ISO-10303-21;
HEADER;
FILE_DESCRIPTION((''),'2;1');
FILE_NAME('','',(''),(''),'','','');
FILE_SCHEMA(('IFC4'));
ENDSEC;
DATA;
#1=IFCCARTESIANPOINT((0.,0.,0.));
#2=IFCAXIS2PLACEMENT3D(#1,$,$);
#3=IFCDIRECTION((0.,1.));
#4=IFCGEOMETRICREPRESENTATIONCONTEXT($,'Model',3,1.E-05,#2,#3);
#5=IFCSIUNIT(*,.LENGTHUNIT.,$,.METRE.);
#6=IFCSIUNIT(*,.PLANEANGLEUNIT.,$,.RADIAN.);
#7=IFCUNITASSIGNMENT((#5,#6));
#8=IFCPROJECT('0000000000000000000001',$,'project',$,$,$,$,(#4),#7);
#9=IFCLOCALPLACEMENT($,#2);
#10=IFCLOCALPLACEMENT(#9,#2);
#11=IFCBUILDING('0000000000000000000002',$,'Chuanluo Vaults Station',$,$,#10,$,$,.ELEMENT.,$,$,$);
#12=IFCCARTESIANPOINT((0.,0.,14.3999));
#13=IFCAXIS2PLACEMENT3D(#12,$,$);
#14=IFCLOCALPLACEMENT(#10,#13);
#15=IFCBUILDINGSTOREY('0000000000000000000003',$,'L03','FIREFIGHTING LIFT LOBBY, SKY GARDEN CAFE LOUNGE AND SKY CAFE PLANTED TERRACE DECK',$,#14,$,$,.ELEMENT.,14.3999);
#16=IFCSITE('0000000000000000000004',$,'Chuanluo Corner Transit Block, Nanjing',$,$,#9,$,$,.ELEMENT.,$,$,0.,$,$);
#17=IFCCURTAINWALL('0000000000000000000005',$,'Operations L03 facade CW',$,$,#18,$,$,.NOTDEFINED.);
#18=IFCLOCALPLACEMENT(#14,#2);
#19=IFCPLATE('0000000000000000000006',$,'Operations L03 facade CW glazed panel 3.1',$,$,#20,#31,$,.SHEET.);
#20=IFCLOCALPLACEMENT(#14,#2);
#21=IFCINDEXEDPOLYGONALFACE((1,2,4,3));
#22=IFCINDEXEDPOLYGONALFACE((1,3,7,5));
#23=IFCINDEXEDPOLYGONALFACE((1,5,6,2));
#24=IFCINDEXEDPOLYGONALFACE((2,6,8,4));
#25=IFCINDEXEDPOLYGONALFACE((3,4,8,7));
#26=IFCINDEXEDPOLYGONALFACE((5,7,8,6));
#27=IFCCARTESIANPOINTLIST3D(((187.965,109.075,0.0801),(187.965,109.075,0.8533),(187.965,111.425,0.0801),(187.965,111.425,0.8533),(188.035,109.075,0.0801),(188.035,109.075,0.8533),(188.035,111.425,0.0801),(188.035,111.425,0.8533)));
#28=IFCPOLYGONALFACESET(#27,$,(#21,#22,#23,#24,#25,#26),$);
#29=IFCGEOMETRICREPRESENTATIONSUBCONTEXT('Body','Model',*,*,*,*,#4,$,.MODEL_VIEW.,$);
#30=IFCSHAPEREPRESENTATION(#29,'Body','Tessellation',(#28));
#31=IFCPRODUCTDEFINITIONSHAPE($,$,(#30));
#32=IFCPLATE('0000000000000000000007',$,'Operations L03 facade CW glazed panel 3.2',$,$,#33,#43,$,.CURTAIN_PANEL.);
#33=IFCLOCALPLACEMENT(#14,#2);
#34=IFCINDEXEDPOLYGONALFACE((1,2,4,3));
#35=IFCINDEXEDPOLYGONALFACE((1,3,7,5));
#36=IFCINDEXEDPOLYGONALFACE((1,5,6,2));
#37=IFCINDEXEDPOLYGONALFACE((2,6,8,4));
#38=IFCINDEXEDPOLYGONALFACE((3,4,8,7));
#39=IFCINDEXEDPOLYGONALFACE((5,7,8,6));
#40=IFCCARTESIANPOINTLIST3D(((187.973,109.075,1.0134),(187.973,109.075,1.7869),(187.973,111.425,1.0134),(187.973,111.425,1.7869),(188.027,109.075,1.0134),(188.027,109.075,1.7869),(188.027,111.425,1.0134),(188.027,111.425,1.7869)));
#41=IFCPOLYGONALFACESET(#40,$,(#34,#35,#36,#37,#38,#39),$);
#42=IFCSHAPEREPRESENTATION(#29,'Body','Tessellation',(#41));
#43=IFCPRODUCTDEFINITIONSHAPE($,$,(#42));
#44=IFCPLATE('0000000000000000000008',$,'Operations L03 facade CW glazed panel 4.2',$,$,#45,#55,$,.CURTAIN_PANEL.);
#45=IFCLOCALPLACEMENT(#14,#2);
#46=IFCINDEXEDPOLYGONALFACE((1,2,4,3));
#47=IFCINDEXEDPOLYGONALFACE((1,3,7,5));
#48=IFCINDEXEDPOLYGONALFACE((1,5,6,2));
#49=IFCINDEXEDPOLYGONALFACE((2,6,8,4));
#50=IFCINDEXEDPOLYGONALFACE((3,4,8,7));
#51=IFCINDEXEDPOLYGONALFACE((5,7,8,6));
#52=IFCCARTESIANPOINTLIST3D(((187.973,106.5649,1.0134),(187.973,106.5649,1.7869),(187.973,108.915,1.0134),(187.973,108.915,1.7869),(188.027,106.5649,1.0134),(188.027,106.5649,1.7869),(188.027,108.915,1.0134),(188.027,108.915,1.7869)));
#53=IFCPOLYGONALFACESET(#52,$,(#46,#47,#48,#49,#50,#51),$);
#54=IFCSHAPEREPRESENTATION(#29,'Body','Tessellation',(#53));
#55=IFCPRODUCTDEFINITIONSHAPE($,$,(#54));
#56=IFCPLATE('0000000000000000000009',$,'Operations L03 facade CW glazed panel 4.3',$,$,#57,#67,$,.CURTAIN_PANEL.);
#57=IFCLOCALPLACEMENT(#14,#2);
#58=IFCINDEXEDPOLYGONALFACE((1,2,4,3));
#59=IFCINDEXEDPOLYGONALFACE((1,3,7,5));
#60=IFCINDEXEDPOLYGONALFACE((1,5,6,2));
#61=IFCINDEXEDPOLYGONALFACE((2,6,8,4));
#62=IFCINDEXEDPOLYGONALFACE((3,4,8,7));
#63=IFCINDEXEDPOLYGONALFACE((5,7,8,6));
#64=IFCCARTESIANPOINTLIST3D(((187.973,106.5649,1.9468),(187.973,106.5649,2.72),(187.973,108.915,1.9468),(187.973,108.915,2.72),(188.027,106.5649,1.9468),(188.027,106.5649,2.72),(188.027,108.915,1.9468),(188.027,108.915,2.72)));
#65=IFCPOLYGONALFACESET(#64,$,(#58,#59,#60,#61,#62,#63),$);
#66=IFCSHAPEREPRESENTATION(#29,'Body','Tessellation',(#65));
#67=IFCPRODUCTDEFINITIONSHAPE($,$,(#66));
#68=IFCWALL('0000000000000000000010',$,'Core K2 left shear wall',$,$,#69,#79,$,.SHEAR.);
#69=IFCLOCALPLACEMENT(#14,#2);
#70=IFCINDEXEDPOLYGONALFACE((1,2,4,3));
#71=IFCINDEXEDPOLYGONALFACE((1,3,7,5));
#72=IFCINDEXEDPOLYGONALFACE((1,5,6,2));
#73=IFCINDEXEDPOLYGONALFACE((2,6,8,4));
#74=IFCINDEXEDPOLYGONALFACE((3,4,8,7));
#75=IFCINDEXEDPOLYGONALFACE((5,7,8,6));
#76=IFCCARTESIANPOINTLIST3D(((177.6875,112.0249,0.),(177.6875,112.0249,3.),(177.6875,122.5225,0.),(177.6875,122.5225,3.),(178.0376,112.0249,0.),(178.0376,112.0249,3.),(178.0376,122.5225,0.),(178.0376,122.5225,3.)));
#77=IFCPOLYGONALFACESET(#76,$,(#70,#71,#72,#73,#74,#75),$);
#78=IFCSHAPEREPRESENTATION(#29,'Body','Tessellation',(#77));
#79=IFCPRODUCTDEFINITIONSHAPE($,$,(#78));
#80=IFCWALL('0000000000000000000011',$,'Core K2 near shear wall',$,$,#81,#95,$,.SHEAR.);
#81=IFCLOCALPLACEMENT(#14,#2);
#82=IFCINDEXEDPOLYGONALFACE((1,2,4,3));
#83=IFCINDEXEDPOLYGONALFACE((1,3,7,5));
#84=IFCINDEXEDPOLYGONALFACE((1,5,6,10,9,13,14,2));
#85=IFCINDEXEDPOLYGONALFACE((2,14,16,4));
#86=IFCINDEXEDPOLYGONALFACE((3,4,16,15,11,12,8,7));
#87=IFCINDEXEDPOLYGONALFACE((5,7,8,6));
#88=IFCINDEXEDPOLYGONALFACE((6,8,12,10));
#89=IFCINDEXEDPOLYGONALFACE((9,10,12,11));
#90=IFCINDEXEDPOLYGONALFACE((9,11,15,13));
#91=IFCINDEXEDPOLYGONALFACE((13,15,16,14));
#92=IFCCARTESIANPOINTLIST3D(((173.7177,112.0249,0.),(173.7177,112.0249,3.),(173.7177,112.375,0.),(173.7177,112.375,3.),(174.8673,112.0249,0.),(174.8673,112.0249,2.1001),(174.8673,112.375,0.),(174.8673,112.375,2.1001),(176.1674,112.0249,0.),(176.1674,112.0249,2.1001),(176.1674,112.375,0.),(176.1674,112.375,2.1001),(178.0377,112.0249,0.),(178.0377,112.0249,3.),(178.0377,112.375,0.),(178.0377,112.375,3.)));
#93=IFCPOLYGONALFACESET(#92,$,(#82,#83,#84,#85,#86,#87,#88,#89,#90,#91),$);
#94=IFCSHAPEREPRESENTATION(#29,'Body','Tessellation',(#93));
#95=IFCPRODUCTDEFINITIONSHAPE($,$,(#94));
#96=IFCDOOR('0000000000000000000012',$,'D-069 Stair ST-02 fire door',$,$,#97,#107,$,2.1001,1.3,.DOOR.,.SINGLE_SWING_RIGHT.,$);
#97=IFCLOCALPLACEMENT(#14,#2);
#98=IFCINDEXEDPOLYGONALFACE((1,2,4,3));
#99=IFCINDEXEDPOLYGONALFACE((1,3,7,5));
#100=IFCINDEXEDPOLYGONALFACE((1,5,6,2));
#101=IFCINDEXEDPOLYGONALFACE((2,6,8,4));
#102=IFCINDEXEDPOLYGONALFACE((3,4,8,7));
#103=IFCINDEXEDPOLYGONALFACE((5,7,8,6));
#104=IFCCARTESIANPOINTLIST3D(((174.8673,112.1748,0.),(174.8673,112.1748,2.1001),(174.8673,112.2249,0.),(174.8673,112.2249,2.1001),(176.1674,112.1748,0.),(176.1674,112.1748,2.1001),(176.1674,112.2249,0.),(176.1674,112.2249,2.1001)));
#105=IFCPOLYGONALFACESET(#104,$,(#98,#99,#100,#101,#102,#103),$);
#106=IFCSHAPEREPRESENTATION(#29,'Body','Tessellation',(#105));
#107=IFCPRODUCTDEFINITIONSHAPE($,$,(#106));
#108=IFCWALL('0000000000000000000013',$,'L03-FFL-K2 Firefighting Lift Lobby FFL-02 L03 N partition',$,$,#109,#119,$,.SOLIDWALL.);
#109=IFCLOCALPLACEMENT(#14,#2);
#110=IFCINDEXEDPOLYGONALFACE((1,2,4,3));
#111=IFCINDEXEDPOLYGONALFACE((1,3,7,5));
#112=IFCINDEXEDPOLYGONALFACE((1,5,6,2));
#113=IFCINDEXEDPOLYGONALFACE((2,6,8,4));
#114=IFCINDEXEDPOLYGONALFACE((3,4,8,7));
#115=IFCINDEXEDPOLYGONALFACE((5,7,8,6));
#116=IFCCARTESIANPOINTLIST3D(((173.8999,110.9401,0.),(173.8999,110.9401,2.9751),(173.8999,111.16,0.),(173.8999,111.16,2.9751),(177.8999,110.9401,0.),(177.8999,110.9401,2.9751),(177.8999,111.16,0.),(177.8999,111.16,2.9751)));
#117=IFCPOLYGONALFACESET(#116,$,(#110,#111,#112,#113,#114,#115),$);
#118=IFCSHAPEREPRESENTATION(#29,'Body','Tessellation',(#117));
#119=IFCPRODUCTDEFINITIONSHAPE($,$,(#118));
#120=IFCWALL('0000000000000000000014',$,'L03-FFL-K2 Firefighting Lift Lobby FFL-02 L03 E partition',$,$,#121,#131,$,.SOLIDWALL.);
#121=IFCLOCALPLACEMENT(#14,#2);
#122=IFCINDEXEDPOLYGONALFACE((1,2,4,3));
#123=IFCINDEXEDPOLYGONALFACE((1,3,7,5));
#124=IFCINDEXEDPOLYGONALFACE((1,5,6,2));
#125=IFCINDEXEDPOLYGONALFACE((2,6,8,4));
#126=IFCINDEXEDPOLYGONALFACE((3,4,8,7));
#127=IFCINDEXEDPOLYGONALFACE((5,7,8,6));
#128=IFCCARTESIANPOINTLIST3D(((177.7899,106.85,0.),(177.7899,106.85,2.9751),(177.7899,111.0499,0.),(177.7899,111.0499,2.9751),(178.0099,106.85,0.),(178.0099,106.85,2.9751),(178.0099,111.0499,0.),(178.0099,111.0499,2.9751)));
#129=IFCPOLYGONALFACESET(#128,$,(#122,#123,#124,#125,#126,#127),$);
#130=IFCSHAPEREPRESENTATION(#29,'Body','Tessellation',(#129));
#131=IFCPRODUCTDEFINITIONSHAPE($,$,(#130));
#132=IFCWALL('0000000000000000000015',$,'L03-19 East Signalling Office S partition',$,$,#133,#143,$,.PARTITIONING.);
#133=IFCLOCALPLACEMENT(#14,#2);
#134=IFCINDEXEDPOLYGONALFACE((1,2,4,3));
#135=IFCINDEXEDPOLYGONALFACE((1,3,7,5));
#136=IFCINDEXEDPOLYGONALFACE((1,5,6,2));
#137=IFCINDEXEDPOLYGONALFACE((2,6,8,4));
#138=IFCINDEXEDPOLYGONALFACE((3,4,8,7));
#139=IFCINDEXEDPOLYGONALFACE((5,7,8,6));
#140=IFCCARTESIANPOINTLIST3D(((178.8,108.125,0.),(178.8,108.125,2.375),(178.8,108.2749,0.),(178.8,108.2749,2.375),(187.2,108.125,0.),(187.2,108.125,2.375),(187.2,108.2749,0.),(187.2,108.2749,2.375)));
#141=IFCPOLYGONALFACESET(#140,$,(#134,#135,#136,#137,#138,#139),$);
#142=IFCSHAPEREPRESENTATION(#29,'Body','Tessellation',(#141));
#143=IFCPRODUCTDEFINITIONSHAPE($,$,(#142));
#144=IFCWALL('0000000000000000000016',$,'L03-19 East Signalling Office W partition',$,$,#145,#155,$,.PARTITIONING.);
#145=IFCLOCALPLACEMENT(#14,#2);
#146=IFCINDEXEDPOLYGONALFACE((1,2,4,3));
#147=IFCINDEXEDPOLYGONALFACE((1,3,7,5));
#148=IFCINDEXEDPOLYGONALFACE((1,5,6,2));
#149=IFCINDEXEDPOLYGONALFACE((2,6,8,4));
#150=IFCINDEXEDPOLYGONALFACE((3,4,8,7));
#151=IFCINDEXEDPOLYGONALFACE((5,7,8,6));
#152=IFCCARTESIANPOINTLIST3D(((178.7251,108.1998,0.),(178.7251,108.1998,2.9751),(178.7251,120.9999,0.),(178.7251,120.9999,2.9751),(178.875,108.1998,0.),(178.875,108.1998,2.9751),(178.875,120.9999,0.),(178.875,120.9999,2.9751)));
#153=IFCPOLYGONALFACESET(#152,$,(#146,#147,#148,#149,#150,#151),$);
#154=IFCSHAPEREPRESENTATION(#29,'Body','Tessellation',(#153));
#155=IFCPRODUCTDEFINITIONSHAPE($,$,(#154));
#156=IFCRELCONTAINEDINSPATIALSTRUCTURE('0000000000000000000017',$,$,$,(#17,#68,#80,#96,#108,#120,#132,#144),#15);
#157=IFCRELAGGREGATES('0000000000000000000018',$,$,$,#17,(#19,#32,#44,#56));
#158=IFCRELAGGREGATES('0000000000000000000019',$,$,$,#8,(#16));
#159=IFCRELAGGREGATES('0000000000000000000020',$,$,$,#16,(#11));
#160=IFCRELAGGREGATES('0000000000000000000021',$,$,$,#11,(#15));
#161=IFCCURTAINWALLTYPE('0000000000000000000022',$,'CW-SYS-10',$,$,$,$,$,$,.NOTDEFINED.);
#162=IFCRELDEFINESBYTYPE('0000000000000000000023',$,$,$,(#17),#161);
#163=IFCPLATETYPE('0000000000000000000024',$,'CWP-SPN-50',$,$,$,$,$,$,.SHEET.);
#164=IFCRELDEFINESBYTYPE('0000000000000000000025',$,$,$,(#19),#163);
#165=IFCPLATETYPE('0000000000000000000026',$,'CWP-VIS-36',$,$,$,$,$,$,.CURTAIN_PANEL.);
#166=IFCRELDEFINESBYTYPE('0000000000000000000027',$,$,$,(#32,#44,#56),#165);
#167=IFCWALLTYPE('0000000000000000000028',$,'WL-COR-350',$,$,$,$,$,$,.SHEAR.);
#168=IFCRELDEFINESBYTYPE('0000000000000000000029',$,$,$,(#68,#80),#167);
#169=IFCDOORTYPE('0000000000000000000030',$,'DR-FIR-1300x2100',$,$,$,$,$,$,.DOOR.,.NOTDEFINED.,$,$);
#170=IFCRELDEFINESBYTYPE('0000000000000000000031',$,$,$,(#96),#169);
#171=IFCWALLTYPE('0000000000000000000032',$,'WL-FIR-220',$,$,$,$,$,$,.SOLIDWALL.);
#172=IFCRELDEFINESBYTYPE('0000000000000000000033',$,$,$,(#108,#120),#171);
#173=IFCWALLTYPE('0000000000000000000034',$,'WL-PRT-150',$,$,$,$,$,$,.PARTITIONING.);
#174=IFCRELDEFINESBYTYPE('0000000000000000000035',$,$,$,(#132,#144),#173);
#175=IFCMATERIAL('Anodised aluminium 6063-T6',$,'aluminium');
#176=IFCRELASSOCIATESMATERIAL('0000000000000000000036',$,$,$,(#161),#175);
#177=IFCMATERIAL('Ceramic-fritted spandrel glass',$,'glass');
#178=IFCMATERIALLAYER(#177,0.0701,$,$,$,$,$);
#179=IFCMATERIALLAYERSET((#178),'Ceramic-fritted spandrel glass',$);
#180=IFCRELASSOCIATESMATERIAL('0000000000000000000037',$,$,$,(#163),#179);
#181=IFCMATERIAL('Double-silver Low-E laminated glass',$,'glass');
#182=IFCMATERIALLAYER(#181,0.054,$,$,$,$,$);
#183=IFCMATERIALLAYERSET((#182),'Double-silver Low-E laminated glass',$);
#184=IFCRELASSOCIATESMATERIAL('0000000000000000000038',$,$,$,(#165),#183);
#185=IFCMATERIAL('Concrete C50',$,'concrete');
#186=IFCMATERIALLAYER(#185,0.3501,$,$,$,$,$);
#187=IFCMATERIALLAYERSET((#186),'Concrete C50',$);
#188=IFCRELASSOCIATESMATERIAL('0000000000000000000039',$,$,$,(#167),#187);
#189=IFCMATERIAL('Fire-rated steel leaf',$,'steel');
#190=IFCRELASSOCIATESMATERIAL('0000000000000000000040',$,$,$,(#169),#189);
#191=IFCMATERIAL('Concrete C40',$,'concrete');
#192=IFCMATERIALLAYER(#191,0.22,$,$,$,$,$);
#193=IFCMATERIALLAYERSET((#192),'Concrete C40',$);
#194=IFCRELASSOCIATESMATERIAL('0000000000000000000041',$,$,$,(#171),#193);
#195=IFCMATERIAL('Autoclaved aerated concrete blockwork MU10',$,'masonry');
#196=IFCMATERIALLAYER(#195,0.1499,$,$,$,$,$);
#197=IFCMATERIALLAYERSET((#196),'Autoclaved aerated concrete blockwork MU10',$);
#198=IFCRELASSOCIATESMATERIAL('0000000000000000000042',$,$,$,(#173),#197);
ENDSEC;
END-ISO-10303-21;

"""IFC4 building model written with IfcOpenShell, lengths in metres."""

from ifc_helpers import new_model, si_unit, direction, frame, frame_2d, origin, origin_2d, place, context, subcontext, project, spatial, rectangle, extrude, material, layer, layer_set, type_object, element, fill, aggregate, save


model = new_model("IFC4")

# Units and contexts
model_context = context("Model", 3, precision=1e-05, world=origin(), true_north=direction((0.0, 1.0)))
body_context = subcontext(model_context, "Body", "Model", "MODEL_VIEW")
ifc_project = project(units=[si_unit("LENGTHUNIT", "METRE"), si_unit("PLANEANGLEUNIT", "RADIAN")], contexts=[model_context])

# Site, building, storey
site_placement = place(None, origin())
site = spatial("IfcSite", under=ifc_project, at=site_placement, Name="Chuanluo Corner Transit Block, Nanjing", CompositionType="ELEMENT", RefElevation=0.0)
building_placement = place(site_placement, origin())
building = spatial("IfcBuilding", under=site, at=building_placement, Name="Chuanluo Vaults Station", CompositionType="ELEMENT")
storey_placement = place(building_placement, frame((0.0, 0.0, 14.3999)))
storey = spatial("IfcBuildingStorey", under=building, at=storey_placement, Name="L03", Description="FIREFIGHTING LIFT LOBBY, SKY GARDEN CAFE LOUNGE AND SKY CAFE PLANTED TERRACE DECK", CompositionType="ELEMENT", Elevation=14.3999)

# Curtain wall, plates
ifc_material_1 = material(Name="Anodised aluminium 6063-T6", Category="aluminium")
curtain_wall_type = type_object("IfcCurtainWallType", Name="CW-SYS-10", PredefinedType="NOTDEFINED", material=ifc_material_1)
curtain_wall_placement = place(storey_placement, origin())
curtain_wall = element("IfcCurtainWall", 1, at=curtain_wall_placement, inside=storey, type_object=curtain_wall_type, Name="Operations L03 facade CW", PredefinedType="NOTDEFINED")
ifc_material_2 = material(Name="Ceramic-fritted spandrel glass", Category="glass")
ifc_layer_1 = layer(ifc_material_2, 0.0701)
ifc_layer_set_1 = layer_set([ifc_layer_1], Name="Ceramic-fritted spandrel glass")
plate_type_1 = type_object("IfcPlateType", Name="CWP-SPN-50", PredefinedType="SHEET", material=ifc_layer_set_1)
plate_1_placement = place(storey_placement, frame((188.0, 110.25, 0.0801), z_axis=(0.0, 0.0, 1.0), x_axis=(0.0, -1.0, 0.0)))
plate_1 = element("IfcPlate", 2, at=plate_1_placement, type_object=plate_type_1, Name="Operations L03 facade CW glazed panel 3.1", PredefinedType="SHEET", context=body_context, shape_type="SweptSolid", body=[
    extrude(rectangle(XDim=2.3501, YDim=0.0701, at=origin_2d()), origin(), (0.0, 0.0, 1.0), 0.7732),
])
ifc_material_3 = material(Name="Double-silver Low-E laminated glass", Category="glass")
ifc_layer_2 = layer(ifc_material_3, 0.054)
ifc_layer_set_2 = layer_set([ifc_layer_2], Name="Double-silver Low-E laminated glass")
plate_type_2 = type_object("IfcPlateType", Name="CWP-VIS-36", PredefinedType="CURTAIN_PANEL", material=ifc_layer_set_2)
plate_2_placement = place(storey_placement, frame((188.0, 110.25, 1.0134), z_axis=(0.0, 0.0, 1.0), x_axis=(0.0, -1.0, 0.0)))
plate_2 = element("IfcPlate", 3, at=plate_2_placement, type_object=plate_type_2, Name="Operations L03 facade CW glazed panel 3.2", PredefinedType="CURTAIN_PANEL", context=body_context, shape_type="SweptSolid", body=[
    extrude(rectangle(XDim=2.3501, YDim=0.054, at=origin_2d()), origin(), (0.0, 0.0, 1.0), 0.7734),
])
plate_3_placement = place(storey_placement, frame((188.0, 107.74, 1.0134), z_axis=(0.0, 0.0, 1.0), x_axis=(0.0, -1.0, 0.0)))
plate_3 = element("IfcPlate", 4, at=plate_3_placement, type_object=plate_type_2, Name="Operations L03 facade CW glazed panel 4.2", PredefinedType="CURTAIN_PANEL", context=body_context, shape_type="SweptSolid", body=[
    extrude(rectangle(XDim=2.3501, YDim=0.054, at=origin_2d()), origin(), (0.0, 0.0, 1.0), 0.7734),
])
plate_4_placement = place(storey_placement, frame((188.0, 107.74, 1.9468), z_axis=(0.0, 0.0, 1.0), x_axis=(0.0, -1.0, 0.0)))
plate_4 = element("IfcPlate", 5, at=plate_4_placement, type_object=plate_type_2, Name="Operations L03 facade CW glazed panel 4.3", PredefinedType="CURTAIN_PANEL", context=body_context, shape_type="SweptSolid", body=[
    extrude(rectangle(XDim=2.3501, YDim=0.054, at=origin_2d()), origin(), (0.0, 0.0, 1.0), 0.7732),
])
aggregate(curtain_wall, [plate_1, plate_2, plate_3, plate_4])

# Wall
ifc_material_4 = material(Name="Concrete C50", Category="concrete")
ifc_layer_3 = layer(ifc_material_4, 0.3501)
ifc_layer_set_3 = layer_set([ifc_layer_3], Name="Concrete C50")
wall_type_1 = type_object("IfcWallType", Name="WL-COR-350", PredefinedType="SHEAR", material=ifc_layer_set_3)
wall_1_placement = place(storey_placement, frame((177.8625, 112.0249, 0.0), z_axis=(0.0, 0.0, 1.0), x_axis=(0.0, 1.0, 0.0)))
element("IfcWall", 6, at=wall_1_placement, inside=storey, type_object=wall_type_1, Name="Core K2 left shear wall", PredefinedType="SHEAR", context=body_context, shape_type="SweptSolid", body=[
    extrude(rectangle(XDim=10.4976, YDim=0.3501, at=frame_2d((5.2488, 0.0))), origin(), (0.0, 0.0, 1.0), 3.0),
])

# Wall, opening, door
wall_2_placement = place(storey_placement, frame((173.7175, 112.2, 0.0), z_axis=(0.0, 0.0, 1.0), x_axis=(1.0, 0.0, 0.0)))
wall_2 = element("IfcWall", 7, at=wall_2_placement, inside=storey, type_object=wall_type_1, Name="Core K2 near shear wall", PredefinedType="SHEAR", context=body_context, shape_type="SweptSolid", body=[
    extrude(rectangle(XDim=4.3201, YDim=0.3501, at=frame_2d((2.1602, 0.0))), origin(), (0.0, 0.0, 1.0), 3.0),
])
opening_placement = place(wall_2_placement, frame((1.1499, 0.0, 0.0)))
opening = element("IfcOpeningElement", 8, at=opening_placement, cuts=wall_2, PredefinedType="OPENING", context=body_context, shape_type="SweptSolid", body=[
    extrude(rectangle(XDim=1.3, YDim=2.1001, at=frame_2d((0.6499, 1.05))), frame((0.0, 0.185, 0.0), z_axis=(0.0, -1.0, 0.0), x_axis=(1.0, 0.0, 0.0)), (0.0, 0.0, 1.0), 0.3701),
])
ifc_material_5 = material(Name="Fire-rated steel leaf", Category="steel")
door_type = type_object("IfcDoorType", Name="DR-FIR-1300x2100", OperationType="NOTDEFINED", PredefinedType="DOOR", material=ifc_material_5)
door_placement = place(opening_placement, origin())
door = element("IfcDoor", 9, at=door_placement, inside=storey, type_object=door_type, Name="D-069 Stair ST-02 fire door", OperationType="SINGLE_SWING_RIGHT", OverallHeight=2.1001, OverallWidth=1.3, PredefinedType="DOOR", context=body_context, shape_type="SweptSolid", body=[
    extrude(rectangle(XDim=1.3, YDim=2.1001, at=frame_2d((0.6499, 1.05))), frame((0.0, 0.0249, 0.0), z_axis=(0.0, -1.0, 0.0), x_axis=(1.0, 0.0, 0.0)), (0.0, 0.0, 1.0), 0.05),
])
fill(opening, door)

# Walls
ifc_material_6 = material(Name="Concrete C40", Category="concrete")
ifc_layer_4 = layer(ifc_material_6, 0.22)
ifc_layer_set_4 = layer_set([ifc_layer_4], Name="Concrete C40")
wall_type_2 = type_object("IfcWallType", Name="WL-FIR-220", PredefinedType="SOLIDWALL", material=ifc_layer_set_4)
wall_3_placement = place(storey_placement, frame((173.8999, 111.05, 0.0), z_axis=(0.0, 0.0, 1.0), x_axis=(1.0, 0.0, 0.0)))
element("IfcWall", 10, at=wall_3_placement, inside=storey, type_object=wall_type_2, Name="L03-FFL-K2 Firefighting Lift Lobby FFL-02 L03 N partition", PredefinedType="SOLIDWALL", context=body_context, shape_type="SweptSolid", body=[
    extrude(rectangle(XDim=4.0, YDim=0.22, at=frame_2d((2.0, 0.0))), origin(), (0.0, 0.0, 1.0), 2.9751),
])
wall_4_placement = place(storey_placement, frame((177.8999, 111.05, 0.0), z_axis=(0.0, 0.0, 1.0), x_axis=(0.0, -1.0, 0.0)))
element("IfcWall", 11, at=wall_4_placement, inside=storey, type_object=wall_type_2, Name="L03-FFL-K2 Firefighting Lift Lobby FFL-02 L03 E partition", PredefinedType="SOLIDWALL", context=body_context, shape_type="SweptSolid", body=[
    extrude(rectangle(XDim=4.2, YDim=0.22, at=frame_2d((2.1001, 0.0))), origin(), (0.0, 0.0, 1.0), 2.9751),
])
ifc_material_7 = material(Name="Autoclaved aerated concrete blockwork MU10", Category="masonry")
ifc_layer_5 = layer(ifc_material_7, 0.1499)
ifc_layer_set_5 = layer_set([ifc_layer_5], Name="Autoclaved aerated concrete blockwork MU10")
wall_type_3 = type_object("IfcWallType", Name="WL-PRT-150", PredefinedType="PARTITIONING", material=ifc_layer_set_5)
wall_5_placement = place(storey_placement, frame((187.2, 108.2, 0.0), z_axis=(0.0, 0.0, 1.0), x_axis=(-1.0, 0.0, 0.0)))
element("IfcWall", 12, at=wall_5_placement, inside=storey, type_object=wall_type_3, Name="L03-19 East Signalling Office S partition", PredefinedType="PARTITIONING", context=body_context, shape_type="SweptSolid", body=[
    extrude(rectangle(XDim=8.3999, YDim=0.1499, at=frame_2d((4.2, 0.0))), origin(), (0.0, 0.0, 1.0), 2.375),
])
wall_6_placement = place(storey_placement, frame((178.8, 108.2, 0.0), z_axis=(0.0, 0.0, 1.0), x_axis=(0.0, 1.0, 0.0)))
element("IfcWall", 13, at=wall_6_placement, inside=storey, type_object=wall_type_3, Name="L03-19 East Signalling Office W partition", PredefinedType="PARTITIONING", context=body_context, shape_type="SweptSolid", body=[
    extrude(rectangle(XDim=12.8, YDim=0.1499, at=frame_2d((6.3999, 0.0))), origin(), (0.0, 0.0, 1.0), 2.9751),
])

save(model, "model.ifc")
